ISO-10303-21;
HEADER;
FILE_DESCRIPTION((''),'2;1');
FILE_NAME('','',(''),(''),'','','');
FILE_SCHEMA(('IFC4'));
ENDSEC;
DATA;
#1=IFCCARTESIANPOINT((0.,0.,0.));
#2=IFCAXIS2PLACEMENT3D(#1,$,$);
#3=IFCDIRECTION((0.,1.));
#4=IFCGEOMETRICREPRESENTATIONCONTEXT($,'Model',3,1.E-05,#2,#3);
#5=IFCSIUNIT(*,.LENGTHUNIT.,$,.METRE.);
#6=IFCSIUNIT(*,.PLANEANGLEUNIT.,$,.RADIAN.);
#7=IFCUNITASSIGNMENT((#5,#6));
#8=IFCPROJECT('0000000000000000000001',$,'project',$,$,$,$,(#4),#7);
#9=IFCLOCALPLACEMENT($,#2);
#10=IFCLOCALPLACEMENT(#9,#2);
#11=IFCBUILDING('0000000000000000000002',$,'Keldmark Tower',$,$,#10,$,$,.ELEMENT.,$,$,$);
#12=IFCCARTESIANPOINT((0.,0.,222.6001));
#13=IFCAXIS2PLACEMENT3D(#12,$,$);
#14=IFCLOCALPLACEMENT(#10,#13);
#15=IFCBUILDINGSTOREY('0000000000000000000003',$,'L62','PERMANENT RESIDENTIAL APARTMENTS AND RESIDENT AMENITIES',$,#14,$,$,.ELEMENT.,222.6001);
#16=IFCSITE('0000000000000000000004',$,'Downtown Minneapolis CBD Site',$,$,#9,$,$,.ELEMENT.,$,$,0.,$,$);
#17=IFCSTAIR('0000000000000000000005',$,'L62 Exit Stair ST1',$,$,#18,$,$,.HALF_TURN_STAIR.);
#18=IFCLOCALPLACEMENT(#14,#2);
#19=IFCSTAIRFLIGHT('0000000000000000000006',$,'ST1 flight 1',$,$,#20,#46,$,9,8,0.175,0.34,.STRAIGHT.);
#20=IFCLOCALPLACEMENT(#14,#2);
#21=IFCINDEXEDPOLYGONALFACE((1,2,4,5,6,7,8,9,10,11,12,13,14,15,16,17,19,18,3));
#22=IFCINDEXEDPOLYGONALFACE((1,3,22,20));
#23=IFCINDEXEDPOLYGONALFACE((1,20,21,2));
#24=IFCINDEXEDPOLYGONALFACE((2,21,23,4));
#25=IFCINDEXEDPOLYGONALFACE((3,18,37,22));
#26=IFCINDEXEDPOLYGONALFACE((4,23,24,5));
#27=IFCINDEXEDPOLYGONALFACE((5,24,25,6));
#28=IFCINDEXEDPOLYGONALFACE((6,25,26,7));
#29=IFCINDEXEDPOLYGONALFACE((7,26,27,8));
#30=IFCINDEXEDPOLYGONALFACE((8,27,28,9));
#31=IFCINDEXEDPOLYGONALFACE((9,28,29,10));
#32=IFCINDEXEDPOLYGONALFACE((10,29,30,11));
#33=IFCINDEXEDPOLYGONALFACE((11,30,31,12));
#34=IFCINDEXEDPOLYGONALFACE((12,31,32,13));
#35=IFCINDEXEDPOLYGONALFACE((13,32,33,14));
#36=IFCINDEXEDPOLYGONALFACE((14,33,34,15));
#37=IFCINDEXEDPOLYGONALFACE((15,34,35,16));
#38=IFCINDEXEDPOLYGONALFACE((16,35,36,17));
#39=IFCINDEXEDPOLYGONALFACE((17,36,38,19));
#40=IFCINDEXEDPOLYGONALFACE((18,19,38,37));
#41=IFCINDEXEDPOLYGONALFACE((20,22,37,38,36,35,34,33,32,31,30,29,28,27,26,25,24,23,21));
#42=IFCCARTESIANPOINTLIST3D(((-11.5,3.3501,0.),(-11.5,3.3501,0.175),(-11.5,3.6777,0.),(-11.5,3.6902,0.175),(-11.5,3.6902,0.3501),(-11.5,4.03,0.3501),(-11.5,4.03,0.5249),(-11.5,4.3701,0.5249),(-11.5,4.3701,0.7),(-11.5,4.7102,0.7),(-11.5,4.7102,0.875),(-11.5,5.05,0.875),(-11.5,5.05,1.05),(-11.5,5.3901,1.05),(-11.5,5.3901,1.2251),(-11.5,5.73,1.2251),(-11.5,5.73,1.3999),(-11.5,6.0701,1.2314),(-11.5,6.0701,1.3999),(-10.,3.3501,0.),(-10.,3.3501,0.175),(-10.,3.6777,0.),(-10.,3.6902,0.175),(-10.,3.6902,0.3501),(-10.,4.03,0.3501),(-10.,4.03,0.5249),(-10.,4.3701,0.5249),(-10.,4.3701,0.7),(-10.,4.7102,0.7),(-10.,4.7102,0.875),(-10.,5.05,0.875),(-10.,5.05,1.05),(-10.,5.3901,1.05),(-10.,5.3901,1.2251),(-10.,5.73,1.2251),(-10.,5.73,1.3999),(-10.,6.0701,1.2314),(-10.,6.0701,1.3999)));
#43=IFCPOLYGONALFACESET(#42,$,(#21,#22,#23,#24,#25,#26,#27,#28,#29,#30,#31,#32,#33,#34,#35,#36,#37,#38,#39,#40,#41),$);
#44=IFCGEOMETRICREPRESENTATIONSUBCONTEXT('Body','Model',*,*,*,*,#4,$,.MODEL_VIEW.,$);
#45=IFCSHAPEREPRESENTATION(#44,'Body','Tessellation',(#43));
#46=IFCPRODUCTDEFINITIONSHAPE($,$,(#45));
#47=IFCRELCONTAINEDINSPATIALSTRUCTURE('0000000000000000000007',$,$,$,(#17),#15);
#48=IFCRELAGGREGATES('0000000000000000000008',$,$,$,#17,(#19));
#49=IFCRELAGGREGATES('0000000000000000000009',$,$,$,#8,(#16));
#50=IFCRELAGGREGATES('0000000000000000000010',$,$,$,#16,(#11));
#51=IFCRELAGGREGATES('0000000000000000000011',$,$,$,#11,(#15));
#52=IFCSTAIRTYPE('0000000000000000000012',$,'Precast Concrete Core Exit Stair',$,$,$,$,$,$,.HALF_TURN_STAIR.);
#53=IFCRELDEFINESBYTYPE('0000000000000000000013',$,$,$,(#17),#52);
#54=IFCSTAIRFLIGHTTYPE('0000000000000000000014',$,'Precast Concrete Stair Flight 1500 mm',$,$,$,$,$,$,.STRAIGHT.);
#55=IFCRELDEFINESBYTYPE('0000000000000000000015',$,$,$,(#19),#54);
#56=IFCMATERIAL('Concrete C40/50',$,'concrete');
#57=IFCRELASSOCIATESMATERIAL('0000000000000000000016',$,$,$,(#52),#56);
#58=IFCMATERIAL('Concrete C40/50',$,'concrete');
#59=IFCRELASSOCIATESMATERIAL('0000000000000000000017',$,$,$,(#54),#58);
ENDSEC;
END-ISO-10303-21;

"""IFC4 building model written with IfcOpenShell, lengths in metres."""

from ifc_helpers import new_model, si_unit, direction, frame, origin, place, context, subcontext, project, spatial, polyline, outline, extrude, material, type_object, element, aggregate, save


model = new_model("IFC4")

# Units and contexts
model_context = context("Model", 3, precision=1e-05, world=origin(), true_north=direction((0.0, 1.0)))
body_context = subcontext(model_context, "Body", "Model", "MODEL_VIEW")
ifc_project = project(units=[si_unit("LENGTHUNIT", "METRE"), si_unit("PLANEANGLEUNIT", "RADIAN")], contexts=[model_context])

# Site, building, storey
site_placement = place(None, origin())
site = spatial("IfcSite", under=ifc_project, at=site_placement, Name="Downtown Minneapolis CBD Site", CompositionType="ELEMENT", RefElevation=0.0)
building_placement = place(site_placement, origin())
building = spatial("IfcBuilding", under=site, at=building_placement, Name="Keldmark Tower", CompositionType="ELEMENT")
storey_placement = place(building_placement, frame((0.0, 0.0, 222.6001)))
storey = spatial("IfcBuildingStorey", under=building, at=storey_placement, Name="L62", Description="PERMANENT RESIDENTIAL APARTMENTS AND RESIDENT AMENITIES", CompositionType="ELEMENT", Elevation=222.6001)

# Stair, stair flight
ifc_material_1 = material(Name="Concrete C40/50", Category="concrete")
stair_type = type_object("IfcStairType", Name="Precast Concrete Core Exit Stair", PredefinedType="HALF_TURN_STAIR", material=ifc_material_1)
stair_placement = place(storey_placement, origin())
stair = element("IfcStair", 1, at=stair_placement, inside=storey, type_object=stair_type, Name="L62 Exit Stair ST1", PredefinedType="HALF_TURN_STAIR")
ifc_material_2 = material(Name="Concrete C40/50", Category="concrete")
stair_flight_type = type_object("IfcStairFlightType", Name="Precast Concrete Stair Flight 1500 mm", PredefinedType="STRAIGHT", material=ifc_material_2)
stair_flight_placement = place(storey_placement, frame((-10.75, 3.3501, 0.0), z_axis=(0.0, 0.0, 1.0), x_axis=(0.0, 1.0, 0.0)))
stair_flight = element("IfcStairFlight", 2, at=stair_flight_placement, type_object=stair_flight_type, Name="ST1 flight 1", NumberOfRisers=9, NumberOfTreads=8, PredefinedType="STRAIGHT", RiserHeight=0.175, TreadLength=0.34, context=body_context, shape_type="SweptSolid", body=[
    extrude(outline(polyline([(0.0, 0.0), (0.0, 0.175), (0.3401, 0.175), (0.3401, 0.3501), (0.6799, 0.3501), (0.6799, 0.5249), (1.02, 0.5249), (1.02, 0.7), (1.3601, 0.7), (1.3601, 0.875), (1.7, 0.875), (1.7, 1.05), (2.04, 1.05), (2.04, 1.2251), (2.3799, 1.2251), (2.3799, 1.3999), (2.72, 1.3999), (2.72, 1.575), (2.72, 1.2314), (0.3276, 0.0), (0.0, 0.0)])), frame((0.0, 0.75, 0.0), z_axis=(0.0, -1.0, 0.0), x_axis=(1.0, 0.0, 0.0)), (0.0, 0.0, 1.0), 1.5),
])
aggregate(stair, [stair_flight])

save(model, "model.ifc")
